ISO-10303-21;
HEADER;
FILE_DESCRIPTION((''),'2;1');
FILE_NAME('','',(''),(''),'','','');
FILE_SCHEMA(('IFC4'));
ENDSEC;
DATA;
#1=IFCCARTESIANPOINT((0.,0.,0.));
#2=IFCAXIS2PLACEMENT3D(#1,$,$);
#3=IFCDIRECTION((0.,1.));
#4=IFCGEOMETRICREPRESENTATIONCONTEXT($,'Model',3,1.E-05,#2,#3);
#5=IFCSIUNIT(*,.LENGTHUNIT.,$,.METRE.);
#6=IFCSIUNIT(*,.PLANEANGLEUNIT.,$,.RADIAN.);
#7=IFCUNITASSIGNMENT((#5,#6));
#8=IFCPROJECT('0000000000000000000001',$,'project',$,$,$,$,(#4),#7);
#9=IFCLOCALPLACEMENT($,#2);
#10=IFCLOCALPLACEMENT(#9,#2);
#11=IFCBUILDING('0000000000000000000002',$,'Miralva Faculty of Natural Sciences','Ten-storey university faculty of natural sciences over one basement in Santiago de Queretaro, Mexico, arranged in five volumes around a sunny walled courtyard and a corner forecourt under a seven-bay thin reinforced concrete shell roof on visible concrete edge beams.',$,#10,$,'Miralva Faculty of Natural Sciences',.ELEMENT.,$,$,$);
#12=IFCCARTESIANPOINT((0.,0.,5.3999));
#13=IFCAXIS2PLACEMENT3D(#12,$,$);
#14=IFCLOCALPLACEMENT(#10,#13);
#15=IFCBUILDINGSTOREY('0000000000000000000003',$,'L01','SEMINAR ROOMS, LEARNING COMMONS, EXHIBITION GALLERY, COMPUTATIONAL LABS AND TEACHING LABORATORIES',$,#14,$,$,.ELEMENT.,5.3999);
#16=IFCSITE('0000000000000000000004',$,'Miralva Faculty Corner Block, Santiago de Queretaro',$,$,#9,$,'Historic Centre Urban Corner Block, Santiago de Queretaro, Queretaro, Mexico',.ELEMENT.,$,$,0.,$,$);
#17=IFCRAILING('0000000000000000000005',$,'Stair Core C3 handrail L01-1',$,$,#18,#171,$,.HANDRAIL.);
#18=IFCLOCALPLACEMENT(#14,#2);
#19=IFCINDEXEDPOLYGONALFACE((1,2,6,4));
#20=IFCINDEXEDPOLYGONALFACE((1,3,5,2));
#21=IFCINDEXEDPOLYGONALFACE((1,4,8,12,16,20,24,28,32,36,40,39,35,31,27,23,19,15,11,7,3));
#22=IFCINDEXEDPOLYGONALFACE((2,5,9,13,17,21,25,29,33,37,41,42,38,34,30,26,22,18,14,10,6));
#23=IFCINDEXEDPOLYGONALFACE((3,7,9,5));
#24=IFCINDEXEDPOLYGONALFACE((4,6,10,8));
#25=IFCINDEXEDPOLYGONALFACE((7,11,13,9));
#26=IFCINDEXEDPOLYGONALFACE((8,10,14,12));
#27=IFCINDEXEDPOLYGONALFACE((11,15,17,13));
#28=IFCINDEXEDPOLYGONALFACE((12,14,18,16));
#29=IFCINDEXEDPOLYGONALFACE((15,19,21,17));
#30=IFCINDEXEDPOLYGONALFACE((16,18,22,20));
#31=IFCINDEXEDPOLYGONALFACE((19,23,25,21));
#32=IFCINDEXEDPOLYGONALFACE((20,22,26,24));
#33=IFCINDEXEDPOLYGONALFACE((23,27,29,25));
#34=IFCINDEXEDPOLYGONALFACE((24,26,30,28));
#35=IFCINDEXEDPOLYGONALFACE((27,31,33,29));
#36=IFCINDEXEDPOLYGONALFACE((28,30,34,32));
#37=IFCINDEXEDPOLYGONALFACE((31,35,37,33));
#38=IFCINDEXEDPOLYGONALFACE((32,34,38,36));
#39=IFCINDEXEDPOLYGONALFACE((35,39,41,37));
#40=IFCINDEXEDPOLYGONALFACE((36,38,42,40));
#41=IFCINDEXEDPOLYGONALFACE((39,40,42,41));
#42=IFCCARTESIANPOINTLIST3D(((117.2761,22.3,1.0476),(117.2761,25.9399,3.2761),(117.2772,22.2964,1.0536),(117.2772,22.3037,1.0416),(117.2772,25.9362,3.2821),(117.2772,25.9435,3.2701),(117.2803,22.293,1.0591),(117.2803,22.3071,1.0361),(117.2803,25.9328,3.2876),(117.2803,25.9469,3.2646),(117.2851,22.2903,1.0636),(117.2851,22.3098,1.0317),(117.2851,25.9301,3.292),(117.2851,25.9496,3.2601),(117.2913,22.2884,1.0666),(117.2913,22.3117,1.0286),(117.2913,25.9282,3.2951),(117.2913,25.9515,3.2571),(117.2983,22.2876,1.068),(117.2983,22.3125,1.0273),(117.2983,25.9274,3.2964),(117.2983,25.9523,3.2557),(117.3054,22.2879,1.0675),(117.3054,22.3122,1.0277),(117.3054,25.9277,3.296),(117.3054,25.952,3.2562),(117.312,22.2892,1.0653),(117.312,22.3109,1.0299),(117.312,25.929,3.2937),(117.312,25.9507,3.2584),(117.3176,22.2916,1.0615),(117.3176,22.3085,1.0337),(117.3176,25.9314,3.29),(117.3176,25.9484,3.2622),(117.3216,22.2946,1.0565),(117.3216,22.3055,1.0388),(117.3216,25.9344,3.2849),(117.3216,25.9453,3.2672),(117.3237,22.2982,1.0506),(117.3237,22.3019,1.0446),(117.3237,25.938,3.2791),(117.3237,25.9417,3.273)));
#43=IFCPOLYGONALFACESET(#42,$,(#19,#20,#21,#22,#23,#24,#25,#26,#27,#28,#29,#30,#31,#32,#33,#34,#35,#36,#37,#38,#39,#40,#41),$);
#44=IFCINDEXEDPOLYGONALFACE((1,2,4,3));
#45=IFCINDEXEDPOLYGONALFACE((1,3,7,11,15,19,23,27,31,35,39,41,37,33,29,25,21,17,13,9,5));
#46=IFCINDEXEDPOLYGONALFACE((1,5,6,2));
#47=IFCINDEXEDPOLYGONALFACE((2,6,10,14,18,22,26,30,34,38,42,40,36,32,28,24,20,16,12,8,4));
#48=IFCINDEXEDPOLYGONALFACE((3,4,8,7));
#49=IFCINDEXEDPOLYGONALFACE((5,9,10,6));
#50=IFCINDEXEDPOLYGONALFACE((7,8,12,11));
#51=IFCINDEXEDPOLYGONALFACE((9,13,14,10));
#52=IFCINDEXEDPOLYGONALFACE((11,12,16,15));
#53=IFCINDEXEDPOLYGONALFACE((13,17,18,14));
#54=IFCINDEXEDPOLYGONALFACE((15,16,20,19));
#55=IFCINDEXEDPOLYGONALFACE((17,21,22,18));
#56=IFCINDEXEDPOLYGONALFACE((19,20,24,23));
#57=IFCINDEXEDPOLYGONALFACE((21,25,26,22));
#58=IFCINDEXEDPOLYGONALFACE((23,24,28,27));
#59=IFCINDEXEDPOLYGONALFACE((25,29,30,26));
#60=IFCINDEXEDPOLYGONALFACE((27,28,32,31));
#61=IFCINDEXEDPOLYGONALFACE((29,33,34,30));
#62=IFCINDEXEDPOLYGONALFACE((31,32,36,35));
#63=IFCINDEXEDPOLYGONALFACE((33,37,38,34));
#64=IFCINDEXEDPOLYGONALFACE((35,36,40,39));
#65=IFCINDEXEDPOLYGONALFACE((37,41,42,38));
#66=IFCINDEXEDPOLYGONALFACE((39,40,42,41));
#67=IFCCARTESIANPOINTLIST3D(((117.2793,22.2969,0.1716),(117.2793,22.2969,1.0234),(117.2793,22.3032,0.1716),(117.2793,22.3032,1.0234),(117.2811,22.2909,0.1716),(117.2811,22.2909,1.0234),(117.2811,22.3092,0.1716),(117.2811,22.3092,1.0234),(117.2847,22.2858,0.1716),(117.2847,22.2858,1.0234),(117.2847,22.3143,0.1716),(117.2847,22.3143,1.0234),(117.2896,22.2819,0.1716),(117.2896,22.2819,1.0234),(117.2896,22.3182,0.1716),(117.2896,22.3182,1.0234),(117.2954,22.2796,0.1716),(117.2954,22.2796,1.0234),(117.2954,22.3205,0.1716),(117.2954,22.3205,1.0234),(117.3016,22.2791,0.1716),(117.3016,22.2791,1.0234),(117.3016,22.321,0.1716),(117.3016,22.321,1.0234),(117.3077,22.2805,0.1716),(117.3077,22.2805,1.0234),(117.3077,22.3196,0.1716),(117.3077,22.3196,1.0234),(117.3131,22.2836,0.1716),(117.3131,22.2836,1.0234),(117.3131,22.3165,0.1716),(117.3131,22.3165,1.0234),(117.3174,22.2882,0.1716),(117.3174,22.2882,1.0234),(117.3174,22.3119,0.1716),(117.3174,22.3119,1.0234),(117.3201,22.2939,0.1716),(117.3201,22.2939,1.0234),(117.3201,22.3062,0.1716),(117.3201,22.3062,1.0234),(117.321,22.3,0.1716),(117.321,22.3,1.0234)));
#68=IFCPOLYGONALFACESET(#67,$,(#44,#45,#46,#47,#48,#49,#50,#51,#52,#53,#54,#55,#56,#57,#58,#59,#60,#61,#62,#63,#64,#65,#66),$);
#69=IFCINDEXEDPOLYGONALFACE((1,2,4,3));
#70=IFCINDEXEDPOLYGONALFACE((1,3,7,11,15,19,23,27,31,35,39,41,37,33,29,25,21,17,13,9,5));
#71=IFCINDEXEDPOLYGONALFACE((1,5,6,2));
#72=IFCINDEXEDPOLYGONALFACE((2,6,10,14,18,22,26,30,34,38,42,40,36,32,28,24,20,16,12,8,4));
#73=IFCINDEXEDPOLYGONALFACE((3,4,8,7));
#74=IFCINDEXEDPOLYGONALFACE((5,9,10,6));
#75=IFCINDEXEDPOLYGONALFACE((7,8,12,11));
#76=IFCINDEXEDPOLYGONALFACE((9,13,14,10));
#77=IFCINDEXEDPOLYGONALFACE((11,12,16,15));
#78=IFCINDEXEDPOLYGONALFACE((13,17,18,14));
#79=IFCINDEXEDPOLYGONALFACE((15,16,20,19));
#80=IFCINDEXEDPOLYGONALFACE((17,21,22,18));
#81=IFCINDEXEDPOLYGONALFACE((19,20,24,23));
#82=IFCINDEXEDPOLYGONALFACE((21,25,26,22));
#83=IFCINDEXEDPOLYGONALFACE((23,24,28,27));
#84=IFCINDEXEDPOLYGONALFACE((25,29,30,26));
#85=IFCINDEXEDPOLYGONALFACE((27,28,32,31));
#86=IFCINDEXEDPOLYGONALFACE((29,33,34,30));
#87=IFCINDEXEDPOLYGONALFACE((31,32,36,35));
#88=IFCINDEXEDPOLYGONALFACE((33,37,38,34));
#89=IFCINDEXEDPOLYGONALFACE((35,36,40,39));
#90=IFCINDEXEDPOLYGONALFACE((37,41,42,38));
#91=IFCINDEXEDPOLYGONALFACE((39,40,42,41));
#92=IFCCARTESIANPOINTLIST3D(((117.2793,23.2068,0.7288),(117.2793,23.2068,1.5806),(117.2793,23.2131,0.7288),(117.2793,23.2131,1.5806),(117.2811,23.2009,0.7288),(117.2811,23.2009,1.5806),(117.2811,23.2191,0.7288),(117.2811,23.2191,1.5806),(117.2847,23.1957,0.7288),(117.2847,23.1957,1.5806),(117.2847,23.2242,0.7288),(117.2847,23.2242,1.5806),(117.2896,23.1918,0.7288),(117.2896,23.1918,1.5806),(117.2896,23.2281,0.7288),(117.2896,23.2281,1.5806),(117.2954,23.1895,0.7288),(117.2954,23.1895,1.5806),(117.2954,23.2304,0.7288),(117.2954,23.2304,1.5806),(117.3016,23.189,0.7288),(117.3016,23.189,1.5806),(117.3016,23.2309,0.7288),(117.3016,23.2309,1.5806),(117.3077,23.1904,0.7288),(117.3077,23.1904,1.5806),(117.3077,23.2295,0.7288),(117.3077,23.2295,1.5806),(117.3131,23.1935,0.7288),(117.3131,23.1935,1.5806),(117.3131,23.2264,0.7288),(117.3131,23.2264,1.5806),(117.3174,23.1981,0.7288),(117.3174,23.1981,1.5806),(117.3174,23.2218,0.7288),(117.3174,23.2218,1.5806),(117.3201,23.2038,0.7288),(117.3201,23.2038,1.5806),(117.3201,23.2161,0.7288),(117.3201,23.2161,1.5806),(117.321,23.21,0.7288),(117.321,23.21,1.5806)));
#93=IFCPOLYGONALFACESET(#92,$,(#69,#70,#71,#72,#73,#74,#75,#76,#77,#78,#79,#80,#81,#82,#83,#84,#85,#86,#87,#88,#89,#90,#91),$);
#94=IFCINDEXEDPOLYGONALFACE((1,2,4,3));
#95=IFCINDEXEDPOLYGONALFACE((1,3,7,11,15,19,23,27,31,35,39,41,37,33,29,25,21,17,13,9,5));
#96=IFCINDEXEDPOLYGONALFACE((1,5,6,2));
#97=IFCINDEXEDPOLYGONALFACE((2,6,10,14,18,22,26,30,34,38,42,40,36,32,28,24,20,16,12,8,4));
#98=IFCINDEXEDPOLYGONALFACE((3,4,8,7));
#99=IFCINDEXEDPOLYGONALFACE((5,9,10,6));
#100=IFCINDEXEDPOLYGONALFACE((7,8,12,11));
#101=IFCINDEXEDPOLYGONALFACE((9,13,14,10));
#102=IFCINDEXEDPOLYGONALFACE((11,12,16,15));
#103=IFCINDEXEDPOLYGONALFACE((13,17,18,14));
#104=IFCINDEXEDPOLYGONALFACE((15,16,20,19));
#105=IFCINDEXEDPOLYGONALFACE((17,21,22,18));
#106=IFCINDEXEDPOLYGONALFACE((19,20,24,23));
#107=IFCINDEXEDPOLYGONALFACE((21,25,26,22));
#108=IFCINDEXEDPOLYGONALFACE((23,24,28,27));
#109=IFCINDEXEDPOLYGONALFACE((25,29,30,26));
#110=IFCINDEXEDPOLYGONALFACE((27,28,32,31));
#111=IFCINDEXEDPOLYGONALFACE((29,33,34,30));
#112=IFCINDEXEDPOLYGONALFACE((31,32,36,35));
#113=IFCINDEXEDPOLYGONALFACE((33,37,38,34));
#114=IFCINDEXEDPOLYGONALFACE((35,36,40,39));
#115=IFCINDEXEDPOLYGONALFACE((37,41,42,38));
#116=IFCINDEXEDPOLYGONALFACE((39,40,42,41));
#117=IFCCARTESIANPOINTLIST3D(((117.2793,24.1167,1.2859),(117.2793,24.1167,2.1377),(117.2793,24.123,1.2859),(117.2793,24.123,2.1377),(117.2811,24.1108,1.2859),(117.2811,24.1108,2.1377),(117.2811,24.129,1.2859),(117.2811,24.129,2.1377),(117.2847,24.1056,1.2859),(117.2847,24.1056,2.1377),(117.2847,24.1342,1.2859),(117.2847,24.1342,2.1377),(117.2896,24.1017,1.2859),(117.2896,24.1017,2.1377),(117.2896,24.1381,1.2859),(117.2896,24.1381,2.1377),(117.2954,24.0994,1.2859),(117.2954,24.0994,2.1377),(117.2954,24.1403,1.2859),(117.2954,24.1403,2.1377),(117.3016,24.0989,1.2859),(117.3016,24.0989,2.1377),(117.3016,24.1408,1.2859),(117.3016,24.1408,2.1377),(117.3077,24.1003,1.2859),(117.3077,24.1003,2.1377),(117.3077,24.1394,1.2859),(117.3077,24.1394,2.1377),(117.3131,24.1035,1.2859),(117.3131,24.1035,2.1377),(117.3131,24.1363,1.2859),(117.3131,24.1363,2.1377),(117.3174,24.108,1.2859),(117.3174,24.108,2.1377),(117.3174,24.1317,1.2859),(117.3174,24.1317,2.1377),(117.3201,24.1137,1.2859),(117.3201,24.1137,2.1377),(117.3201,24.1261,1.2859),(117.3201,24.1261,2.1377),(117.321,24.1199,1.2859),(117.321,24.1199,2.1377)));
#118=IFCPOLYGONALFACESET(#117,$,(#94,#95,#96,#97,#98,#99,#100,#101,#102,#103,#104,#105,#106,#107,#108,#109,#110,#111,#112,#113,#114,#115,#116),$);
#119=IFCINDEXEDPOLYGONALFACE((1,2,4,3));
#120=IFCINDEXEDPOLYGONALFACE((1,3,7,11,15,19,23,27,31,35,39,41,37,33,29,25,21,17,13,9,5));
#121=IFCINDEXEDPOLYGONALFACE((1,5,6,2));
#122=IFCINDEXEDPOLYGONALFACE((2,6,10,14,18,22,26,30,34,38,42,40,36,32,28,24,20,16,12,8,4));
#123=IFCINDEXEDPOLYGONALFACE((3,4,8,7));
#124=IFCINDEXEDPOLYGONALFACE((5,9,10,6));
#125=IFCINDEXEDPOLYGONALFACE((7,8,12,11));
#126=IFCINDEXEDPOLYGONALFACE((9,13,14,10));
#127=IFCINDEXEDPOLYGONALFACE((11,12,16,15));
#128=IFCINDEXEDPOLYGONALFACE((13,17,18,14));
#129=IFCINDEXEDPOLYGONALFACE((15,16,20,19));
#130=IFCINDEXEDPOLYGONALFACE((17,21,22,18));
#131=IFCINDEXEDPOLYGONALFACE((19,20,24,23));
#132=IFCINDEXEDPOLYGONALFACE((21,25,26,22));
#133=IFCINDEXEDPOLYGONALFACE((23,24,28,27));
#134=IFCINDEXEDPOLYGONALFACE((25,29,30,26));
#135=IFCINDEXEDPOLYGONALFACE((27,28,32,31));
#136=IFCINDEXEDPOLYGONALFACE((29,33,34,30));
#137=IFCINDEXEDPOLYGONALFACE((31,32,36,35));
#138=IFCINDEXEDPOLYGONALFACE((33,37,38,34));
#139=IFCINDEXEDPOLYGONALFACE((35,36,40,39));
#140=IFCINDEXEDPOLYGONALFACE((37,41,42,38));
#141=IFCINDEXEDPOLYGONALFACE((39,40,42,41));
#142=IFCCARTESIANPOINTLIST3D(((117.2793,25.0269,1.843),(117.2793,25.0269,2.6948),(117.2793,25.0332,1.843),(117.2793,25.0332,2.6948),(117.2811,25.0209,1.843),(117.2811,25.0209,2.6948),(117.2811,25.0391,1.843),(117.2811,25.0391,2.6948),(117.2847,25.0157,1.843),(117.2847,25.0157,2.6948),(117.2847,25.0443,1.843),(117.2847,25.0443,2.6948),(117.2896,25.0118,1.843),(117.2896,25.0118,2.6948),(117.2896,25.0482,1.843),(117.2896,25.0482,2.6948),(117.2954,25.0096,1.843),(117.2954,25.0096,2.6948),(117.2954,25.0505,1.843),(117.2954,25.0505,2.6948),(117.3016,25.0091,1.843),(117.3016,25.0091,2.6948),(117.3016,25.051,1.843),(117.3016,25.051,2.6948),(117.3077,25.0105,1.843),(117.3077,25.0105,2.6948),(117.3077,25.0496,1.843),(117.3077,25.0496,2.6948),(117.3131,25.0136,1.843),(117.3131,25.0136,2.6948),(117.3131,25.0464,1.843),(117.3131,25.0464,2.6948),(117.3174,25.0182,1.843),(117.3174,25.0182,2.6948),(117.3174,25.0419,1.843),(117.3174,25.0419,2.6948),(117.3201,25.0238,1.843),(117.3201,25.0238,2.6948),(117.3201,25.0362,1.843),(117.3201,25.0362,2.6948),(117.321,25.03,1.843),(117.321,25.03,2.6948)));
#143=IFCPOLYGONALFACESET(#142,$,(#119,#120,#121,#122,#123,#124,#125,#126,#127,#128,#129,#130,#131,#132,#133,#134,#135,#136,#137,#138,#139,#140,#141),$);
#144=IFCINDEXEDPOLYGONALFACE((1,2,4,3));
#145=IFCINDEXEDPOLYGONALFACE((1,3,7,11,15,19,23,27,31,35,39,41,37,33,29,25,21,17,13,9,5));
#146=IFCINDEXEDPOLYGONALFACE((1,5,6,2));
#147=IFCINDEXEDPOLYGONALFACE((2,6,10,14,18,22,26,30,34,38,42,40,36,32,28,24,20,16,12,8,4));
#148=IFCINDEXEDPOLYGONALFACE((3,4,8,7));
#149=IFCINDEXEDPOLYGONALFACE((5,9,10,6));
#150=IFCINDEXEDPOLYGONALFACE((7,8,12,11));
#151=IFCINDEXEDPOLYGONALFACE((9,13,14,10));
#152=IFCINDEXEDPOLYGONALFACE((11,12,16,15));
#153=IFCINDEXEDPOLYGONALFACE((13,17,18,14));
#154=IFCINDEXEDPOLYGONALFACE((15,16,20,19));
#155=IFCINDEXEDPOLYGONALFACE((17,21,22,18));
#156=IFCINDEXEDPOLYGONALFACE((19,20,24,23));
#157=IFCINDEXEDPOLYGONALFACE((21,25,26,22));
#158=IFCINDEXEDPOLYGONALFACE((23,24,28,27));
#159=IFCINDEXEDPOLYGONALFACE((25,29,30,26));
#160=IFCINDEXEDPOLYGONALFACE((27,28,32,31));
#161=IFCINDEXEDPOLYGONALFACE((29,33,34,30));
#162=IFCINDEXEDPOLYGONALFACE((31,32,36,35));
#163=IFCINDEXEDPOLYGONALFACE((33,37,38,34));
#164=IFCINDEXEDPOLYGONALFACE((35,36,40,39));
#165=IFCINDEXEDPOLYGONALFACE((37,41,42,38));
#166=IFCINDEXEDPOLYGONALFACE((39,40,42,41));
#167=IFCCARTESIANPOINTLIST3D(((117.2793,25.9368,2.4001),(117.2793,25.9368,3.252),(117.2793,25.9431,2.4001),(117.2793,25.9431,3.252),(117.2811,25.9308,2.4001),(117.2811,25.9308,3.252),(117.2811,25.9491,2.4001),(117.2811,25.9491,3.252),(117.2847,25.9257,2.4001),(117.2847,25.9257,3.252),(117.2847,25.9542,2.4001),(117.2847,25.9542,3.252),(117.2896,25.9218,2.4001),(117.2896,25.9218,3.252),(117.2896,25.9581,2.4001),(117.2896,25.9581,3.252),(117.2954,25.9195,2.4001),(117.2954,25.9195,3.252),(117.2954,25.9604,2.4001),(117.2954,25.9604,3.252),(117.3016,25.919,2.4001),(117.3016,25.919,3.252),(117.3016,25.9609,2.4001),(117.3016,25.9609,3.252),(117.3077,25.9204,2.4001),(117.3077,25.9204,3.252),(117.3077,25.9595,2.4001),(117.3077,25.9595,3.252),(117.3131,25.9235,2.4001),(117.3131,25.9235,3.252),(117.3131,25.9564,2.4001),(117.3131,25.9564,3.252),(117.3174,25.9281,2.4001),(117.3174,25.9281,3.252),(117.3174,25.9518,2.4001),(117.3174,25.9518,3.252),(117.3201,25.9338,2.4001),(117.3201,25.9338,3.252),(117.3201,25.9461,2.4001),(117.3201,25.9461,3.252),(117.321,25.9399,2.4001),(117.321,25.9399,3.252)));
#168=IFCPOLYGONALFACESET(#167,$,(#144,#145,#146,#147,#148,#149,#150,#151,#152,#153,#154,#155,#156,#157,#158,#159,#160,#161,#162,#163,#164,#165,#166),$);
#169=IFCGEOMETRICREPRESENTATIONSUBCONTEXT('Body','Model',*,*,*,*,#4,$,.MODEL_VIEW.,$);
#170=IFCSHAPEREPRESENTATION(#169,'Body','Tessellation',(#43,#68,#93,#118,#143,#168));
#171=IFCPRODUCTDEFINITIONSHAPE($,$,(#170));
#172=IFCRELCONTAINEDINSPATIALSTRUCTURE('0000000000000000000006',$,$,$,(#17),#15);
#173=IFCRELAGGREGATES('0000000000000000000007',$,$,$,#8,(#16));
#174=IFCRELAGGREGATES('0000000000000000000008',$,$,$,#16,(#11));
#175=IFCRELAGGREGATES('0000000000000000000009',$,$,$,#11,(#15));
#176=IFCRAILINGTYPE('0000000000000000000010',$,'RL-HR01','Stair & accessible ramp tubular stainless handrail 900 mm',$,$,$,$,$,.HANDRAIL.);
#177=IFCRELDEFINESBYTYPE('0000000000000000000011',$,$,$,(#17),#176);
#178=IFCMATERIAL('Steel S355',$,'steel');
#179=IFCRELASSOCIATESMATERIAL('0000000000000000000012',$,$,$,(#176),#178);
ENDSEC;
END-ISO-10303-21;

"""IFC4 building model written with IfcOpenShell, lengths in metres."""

from ifc_helpers import new_model, si_unit, direction, frame, origin, origin_2d, place, context, subcontext, project, spatial, circle, extrude, material, type_object, element, save


model = new_model("IFC4")

# Units and contexts
model_context = context("Model", 3, precision=1e-05, world=origin(), true_north=direction((0.0, 1.0)))
body_context = subcontext(model_context, "Body", "Model", "MODEL_VIEW")
ifc_project = project(units=[si_unit("LENGTHUNIT", "METRE"), si_unit("PLANEANGLEUNIT", "RADIAN")], contexts=[model_context])

# Site, building, storey
site_placement = place(None, origin())
site = spatial("IfcSite", under=ifc_project, at=site_placement, Name="Miralva Faculty Corner Block, Santiago de Queretaro", LongName="Historic Centre Urban Corner Block, Santiago de Queretaro, Queretaro, Mexico", CompositionType="ELEMENT", RefElevation=0.0)
building_placement = place(site_placement, origin())
building = spatial("IfcBuilding", under=site, at=building_placement, Name="Miralva Faculty of Natural Sciences", Description="Ten-storey university faculty of natural sciences over one basement in Santiago de Queretaro, Mexico, arranged in five volumes around a sunny walled courtyard and a corner forecourt under a seven-bay thin reinforced concrete shell roof on visible concrete edge beams.", LongName="Miralva Faculty of Natural Sciences", CompositionType="ELEMENT")
storey_placement = place(building_placement, frame((0.0, 0.0, 5.3999)))
storey = spatial("IfcBuildingStorey", under=building, at=storey_placement, Name="L01", Description="SEMINAR ROOMS, LEARNING COMMONS, EXHIBITION GALLERY, COMPUTATIONAL LABS AND TEACHING LABORATORIES", CompositionType="ELEMENT", Elevation=5.3999)

# Railing
ifc_material_1 = material(Name="Steel S355", Category="steel")
railing_type_1 = type_object("IfcRailingType", Name="RL-HR01", Description="Stair & accessible ramp tubular stainless handrail 900 mm", PredefinedType="HANDRAIL", material=ifc_material_1)
railing_1_placement = place(storey_placement, frame((117.3, 22.3, 0.1716)))
element("IfcRailing", 1, at=railing_1_placement, inside=storey, type_object=railing_type_1, Name="Stair Core C3 handrail L01-1", PredefinedType="HANDRAIL", context=body_context, shape_type="SweptSolid", body=[
    extrude(circle(Radius=0.0239, at=origin_2d()), frame((0.0, 0.0, 0.876), z_axis=(0.0, 0.85285, 0.522156), x_axis=(-1.0, 0.0, 0.0)), (0.0, 0.0, 1.0), 4.2678),
    extrude(circle(Radius=0.021, at=origin_2d()), origin(), (0.0, 0.0, 1.0), 0.8518),
    extrude(circle(Radius=0.021, at=origin_2d()), frame((0.0, 0.9099, 0.5571)), (0.0, 0.0, 1.0), 0.8518),
    extrude(circle(Radius=0.021, at=origin_2d()), frame((0.0, 1.8198, 1.1143)), (0.0, 0.0, 1.0), 0.8518),
    extrude(circle(Radius=0.021, at=origin_2d()), frame((0.0, 2.73, 1.6714)), (0.0, 0.0, 1.0), 0.8518),
    extrude(circle(Radius=0.021, at=origin_2d()), frame((0.0, 3.6399, 2.2285)), (0.0, 0.0, 1.0), 0.8518),
])

save(model, "model.ifc")
